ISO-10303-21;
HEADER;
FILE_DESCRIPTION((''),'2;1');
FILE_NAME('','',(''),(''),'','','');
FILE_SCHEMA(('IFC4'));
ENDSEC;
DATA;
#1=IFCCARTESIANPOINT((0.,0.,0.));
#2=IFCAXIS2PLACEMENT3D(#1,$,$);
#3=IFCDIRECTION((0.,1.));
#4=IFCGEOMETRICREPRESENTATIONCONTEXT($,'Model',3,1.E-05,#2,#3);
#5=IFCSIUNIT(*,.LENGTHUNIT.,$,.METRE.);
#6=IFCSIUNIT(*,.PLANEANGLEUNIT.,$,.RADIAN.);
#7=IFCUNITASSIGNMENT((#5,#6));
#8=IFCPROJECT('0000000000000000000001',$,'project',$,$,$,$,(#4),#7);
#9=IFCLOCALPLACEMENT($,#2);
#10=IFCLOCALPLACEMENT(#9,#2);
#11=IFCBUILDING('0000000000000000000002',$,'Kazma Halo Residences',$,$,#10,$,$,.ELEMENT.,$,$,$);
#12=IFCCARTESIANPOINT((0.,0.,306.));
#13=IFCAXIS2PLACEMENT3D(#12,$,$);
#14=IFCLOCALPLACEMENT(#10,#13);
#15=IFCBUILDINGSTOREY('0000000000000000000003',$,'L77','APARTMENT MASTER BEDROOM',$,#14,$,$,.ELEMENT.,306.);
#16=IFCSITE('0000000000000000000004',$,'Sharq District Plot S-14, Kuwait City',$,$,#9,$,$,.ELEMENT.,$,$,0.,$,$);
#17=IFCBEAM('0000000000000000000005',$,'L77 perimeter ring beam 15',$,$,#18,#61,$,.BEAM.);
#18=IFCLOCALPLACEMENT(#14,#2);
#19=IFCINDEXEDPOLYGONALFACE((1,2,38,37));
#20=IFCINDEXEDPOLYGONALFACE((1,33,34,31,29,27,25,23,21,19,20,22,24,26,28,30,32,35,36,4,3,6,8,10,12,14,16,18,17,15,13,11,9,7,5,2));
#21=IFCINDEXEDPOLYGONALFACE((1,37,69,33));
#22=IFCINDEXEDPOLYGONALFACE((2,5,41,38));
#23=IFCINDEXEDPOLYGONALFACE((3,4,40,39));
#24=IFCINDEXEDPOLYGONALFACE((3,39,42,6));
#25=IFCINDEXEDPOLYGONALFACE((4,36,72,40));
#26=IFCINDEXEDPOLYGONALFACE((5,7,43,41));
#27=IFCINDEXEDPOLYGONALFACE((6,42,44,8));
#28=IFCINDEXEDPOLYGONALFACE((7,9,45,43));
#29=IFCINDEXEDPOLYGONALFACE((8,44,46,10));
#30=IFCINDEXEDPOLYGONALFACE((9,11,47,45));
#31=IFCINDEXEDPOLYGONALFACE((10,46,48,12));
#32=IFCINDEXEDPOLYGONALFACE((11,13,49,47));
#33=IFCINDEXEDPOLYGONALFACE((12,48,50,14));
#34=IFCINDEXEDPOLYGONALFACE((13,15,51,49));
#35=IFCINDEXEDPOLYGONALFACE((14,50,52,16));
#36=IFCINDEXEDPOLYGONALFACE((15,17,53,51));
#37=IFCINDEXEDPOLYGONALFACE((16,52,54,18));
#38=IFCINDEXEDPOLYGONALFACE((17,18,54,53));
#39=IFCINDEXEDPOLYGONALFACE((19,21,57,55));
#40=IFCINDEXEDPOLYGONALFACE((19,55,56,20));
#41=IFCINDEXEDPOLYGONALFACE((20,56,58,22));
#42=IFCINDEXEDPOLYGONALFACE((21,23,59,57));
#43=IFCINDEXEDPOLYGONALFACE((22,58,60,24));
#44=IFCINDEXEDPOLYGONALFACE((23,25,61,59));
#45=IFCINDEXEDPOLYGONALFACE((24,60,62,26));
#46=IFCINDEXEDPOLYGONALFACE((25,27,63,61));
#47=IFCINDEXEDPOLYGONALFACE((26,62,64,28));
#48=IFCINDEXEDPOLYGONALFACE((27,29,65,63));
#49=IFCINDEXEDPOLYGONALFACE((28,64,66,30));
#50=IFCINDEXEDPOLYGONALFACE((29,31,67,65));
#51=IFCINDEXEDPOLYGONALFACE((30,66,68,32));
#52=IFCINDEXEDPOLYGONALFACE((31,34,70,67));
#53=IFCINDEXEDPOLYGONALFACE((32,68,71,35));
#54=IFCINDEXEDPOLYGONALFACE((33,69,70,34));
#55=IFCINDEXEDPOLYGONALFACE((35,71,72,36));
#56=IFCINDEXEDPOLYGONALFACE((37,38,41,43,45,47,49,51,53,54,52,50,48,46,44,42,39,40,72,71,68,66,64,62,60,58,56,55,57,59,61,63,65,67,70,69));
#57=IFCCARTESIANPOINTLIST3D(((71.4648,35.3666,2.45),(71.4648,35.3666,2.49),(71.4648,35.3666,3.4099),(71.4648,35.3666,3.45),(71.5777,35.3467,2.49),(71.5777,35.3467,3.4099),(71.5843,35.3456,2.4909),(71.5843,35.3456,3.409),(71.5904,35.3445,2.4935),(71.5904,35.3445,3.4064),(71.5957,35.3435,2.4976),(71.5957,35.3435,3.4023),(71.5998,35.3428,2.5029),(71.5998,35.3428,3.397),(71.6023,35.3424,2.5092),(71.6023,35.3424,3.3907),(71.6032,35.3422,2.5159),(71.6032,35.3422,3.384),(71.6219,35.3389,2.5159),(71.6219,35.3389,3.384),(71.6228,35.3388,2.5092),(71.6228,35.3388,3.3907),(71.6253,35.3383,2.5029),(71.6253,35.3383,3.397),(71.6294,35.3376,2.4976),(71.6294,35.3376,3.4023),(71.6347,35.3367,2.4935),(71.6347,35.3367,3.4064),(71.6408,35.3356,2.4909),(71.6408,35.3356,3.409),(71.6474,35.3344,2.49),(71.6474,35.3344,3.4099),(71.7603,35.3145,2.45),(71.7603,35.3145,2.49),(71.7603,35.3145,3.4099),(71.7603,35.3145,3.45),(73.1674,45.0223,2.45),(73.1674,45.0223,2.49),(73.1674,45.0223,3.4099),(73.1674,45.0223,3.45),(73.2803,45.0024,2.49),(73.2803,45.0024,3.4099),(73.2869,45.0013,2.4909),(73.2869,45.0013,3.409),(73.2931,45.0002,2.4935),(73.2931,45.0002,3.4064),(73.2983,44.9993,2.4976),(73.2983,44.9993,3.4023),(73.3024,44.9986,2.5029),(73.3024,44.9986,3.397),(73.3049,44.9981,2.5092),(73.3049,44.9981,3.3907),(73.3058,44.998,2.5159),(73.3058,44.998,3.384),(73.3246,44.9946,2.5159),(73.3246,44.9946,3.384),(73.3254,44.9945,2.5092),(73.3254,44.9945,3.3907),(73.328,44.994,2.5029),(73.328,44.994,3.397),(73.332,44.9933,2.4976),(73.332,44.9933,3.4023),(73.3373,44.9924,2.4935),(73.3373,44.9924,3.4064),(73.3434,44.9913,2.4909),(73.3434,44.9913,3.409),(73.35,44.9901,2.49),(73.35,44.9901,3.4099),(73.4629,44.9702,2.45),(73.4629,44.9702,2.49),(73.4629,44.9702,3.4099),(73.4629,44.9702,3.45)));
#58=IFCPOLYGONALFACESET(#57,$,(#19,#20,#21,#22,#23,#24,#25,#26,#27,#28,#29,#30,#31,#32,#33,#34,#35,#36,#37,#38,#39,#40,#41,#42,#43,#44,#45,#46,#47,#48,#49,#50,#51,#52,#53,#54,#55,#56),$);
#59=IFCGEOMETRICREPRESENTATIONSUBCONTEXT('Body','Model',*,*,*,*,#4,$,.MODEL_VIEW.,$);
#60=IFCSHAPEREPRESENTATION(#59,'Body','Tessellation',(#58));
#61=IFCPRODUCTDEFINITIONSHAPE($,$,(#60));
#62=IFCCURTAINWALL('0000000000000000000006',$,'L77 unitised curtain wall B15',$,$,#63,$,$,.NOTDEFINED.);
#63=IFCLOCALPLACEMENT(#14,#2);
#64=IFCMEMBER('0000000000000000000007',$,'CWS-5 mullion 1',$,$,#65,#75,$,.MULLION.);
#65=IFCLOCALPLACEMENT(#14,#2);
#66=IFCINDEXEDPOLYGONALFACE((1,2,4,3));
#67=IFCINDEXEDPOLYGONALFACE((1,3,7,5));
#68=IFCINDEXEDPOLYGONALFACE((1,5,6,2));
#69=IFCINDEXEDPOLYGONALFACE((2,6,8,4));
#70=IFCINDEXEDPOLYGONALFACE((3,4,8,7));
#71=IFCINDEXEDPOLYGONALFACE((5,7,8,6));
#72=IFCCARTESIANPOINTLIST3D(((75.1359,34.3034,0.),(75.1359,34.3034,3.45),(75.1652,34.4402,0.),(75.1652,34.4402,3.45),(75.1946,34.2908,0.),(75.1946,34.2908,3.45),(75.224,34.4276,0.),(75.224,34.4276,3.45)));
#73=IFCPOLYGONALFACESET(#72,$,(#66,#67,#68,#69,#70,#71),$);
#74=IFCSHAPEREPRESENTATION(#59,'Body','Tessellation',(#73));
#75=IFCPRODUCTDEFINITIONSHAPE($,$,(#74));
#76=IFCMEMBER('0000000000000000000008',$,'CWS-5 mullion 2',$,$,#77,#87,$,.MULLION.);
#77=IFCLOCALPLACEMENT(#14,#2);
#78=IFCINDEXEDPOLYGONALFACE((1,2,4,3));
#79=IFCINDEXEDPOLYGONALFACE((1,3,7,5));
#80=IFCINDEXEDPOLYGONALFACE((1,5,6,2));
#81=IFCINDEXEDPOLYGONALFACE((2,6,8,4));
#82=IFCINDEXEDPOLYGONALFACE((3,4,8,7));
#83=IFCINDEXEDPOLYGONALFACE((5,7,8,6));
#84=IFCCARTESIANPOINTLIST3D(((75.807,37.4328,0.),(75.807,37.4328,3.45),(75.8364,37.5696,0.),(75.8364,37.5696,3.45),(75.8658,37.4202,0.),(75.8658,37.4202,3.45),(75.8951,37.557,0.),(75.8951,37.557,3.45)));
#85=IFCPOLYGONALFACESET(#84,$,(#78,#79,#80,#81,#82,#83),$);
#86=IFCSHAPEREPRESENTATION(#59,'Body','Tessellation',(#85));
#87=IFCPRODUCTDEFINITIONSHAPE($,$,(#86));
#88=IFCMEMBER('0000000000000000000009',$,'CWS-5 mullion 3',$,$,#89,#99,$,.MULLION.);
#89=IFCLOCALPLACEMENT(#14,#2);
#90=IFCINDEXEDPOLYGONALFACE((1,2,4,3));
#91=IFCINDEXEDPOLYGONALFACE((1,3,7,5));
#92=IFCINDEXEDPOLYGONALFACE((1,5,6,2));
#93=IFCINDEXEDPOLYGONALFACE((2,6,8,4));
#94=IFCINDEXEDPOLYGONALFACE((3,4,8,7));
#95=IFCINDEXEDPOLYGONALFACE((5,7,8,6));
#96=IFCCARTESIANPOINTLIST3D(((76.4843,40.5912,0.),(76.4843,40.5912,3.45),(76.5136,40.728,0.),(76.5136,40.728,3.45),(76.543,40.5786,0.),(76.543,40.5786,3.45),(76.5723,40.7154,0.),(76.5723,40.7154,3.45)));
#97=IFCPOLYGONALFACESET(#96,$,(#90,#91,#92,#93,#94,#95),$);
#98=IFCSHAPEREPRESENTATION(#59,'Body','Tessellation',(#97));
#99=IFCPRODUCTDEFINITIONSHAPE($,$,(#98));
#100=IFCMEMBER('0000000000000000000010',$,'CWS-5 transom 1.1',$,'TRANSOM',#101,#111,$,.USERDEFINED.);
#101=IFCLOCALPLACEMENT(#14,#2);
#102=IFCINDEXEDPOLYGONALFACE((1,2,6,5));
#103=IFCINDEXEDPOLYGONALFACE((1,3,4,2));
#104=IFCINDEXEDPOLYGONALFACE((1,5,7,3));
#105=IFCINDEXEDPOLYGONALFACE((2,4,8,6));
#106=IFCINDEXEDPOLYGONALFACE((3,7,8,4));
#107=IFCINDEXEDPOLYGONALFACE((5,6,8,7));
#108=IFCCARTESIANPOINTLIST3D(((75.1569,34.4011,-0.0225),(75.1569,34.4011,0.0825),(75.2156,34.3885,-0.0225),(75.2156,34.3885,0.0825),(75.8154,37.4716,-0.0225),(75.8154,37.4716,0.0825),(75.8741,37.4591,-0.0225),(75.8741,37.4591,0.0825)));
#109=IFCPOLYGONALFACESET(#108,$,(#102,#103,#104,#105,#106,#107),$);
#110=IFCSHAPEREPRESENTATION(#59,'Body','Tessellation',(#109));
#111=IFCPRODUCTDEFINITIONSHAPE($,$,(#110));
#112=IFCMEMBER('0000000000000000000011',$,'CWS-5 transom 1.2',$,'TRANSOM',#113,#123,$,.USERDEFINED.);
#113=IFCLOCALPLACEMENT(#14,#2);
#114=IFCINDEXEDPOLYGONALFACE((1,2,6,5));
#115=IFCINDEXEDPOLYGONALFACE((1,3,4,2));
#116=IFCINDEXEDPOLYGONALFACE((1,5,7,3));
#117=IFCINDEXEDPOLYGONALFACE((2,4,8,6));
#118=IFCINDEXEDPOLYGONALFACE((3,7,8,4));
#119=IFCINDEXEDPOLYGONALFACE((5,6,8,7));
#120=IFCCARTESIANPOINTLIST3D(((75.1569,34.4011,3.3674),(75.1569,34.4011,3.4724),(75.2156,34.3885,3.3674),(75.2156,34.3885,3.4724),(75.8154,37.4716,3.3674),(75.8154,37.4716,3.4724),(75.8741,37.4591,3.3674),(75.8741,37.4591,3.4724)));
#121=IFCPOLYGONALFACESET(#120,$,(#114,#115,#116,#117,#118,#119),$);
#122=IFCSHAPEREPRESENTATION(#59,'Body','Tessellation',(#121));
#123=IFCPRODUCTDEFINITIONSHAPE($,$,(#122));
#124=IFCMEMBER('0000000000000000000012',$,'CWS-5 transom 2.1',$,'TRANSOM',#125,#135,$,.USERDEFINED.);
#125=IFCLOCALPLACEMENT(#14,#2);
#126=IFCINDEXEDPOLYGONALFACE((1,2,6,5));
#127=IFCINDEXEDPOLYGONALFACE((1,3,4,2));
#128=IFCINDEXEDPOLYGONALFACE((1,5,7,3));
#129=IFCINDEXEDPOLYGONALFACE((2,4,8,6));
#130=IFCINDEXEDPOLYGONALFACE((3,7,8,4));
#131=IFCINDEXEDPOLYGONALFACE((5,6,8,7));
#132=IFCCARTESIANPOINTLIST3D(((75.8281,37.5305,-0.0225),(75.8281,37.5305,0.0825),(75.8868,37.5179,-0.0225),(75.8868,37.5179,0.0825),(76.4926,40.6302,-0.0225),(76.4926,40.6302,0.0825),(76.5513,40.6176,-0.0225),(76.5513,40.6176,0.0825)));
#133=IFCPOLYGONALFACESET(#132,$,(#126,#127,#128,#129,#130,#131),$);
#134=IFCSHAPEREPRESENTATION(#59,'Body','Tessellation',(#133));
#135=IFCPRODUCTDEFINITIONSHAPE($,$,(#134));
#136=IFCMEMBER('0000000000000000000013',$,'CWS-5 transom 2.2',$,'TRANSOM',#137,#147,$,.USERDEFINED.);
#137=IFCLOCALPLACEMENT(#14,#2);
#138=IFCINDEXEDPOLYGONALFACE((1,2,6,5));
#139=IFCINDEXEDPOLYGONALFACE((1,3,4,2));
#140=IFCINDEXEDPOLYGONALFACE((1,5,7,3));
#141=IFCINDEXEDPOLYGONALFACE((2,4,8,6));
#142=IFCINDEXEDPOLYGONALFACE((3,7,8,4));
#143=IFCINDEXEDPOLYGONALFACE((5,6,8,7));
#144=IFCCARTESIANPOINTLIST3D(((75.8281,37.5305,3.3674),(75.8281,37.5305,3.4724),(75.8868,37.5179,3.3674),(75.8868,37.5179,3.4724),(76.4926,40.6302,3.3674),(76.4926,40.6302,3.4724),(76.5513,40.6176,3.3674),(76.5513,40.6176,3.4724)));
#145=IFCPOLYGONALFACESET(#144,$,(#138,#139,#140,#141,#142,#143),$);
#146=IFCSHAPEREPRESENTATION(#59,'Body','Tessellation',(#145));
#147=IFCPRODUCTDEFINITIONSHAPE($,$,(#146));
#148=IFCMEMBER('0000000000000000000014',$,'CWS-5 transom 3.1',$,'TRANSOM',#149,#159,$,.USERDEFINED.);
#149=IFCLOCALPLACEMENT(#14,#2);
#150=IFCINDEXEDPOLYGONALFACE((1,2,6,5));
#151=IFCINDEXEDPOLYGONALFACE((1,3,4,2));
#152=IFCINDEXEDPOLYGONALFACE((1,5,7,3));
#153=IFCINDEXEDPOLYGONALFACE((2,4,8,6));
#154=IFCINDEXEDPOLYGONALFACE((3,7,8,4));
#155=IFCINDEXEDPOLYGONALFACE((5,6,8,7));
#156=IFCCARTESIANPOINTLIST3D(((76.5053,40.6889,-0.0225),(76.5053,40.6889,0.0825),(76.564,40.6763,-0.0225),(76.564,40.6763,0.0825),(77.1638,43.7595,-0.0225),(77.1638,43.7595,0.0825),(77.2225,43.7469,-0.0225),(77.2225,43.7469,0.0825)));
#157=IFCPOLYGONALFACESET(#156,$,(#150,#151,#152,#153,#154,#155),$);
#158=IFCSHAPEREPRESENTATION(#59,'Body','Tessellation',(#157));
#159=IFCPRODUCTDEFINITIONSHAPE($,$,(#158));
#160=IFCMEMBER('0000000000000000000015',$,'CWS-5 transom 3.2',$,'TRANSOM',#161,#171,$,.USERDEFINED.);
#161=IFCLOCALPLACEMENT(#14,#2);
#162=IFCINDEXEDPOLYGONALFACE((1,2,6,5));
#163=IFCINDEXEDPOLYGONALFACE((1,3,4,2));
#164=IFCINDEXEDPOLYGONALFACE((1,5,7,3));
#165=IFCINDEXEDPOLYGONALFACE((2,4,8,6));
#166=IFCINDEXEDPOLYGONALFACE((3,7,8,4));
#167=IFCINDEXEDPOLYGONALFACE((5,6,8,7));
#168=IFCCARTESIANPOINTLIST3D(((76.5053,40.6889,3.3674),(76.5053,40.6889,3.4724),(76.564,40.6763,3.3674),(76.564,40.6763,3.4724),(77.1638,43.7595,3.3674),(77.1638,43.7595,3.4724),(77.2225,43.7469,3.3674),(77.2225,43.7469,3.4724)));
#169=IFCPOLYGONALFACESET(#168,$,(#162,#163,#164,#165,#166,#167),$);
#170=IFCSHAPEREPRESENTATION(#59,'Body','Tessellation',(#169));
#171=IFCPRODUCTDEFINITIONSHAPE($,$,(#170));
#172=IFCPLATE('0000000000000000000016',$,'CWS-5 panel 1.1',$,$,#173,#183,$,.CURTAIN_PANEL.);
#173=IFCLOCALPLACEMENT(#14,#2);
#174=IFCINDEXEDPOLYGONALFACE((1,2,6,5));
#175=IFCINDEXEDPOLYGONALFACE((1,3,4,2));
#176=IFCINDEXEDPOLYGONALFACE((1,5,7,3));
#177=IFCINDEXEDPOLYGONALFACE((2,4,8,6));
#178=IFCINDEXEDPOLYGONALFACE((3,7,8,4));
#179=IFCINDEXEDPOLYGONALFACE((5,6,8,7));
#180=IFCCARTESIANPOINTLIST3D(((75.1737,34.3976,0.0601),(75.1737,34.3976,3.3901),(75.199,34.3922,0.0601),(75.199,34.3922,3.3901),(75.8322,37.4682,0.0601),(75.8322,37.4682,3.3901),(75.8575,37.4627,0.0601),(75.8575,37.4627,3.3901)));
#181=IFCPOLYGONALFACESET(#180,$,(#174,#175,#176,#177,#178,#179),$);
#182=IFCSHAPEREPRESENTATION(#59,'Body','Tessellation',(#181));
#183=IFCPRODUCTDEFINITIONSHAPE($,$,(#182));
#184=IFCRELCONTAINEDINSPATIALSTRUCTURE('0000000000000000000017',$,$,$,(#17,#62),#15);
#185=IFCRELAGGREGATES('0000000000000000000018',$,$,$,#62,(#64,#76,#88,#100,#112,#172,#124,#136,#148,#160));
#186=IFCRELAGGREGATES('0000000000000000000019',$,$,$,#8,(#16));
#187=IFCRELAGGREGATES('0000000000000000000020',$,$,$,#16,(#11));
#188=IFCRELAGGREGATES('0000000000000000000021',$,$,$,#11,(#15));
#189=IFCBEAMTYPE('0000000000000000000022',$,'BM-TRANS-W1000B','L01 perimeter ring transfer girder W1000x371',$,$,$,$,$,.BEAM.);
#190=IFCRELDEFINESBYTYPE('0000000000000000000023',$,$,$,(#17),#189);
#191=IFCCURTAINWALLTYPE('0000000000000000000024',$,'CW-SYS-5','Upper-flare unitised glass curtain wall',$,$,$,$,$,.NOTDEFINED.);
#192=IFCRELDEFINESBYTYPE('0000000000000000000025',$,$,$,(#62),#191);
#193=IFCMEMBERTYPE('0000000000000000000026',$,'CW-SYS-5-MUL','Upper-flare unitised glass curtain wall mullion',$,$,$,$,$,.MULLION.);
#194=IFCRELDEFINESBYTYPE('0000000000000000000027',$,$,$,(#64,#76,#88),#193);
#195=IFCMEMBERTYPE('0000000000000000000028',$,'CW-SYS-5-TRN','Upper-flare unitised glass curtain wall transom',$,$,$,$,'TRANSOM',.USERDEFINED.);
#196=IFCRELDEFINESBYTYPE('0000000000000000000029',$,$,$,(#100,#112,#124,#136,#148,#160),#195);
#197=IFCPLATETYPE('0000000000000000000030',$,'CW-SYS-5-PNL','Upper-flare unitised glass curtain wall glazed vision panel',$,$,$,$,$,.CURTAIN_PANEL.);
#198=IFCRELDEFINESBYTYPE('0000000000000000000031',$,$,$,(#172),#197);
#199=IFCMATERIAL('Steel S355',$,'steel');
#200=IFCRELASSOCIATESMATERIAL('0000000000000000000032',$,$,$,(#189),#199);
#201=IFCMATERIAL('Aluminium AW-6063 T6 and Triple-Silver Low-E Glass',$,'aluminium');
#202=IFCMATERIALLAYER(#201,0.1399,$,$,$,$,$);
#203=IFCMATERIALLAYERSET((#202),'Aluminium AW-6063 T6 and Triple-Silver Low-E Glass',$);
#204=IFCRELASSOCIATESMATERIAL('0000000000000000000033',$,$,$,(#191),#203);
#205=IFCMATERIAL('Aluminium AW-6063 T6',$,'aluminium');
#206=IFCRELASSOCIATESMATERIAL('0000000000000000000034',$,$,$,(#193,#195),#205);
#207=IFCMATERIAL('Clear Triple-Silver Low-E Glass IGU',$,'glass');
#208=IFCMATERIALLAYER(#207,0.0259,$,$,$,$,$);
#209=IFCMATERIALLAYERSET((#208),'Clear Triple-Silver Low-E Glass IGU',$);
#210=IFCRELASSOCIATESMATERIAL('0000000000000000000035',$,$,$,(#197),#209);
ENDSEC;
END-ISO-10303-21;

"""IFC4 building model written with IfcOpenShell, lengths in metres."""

from ifc_helpers import new_model, si_unit, direction, frame, origin, origin_2d, place, context, subcontext, project, spatial, rectangle, i_section, extrude, material, layer, layer_set, material_profile, profile_set, type_object, element, aggregate, save


model = new_model("IFC4")

# Units and contexts
model_context = context("Model", 3, precision=1e-05, world=origin(), true_north=direction((0.0, 1.0)))
body_context = subcontext(model_context, "Body", "Model", "MODEL_VIEW")
ifc_project = project(units=[si_unit("LENGTHUNIT", "METRE"), si_unit("PLANEANGLEUNIT", "RADIAN")], contexts=[model_context])

# Site, building, storey
site_placement = place(None, origin())
site = spatial("IfcSite", under=ifc_project, at=site_placement, Name="Sharq District Plot S-14, Kuwait City", CompositionType="ELEMENT", RefElevation=0.0)
building_placement = place(site_placement, origin())
building = spatial("IfcBuilding", under=site, at=building_placement, Name="Kazma Halo Residences", CompositionType="ELEMENT")
storey_placement = place(building_placement, frame((0.0, 0.0, 306.0)))
storey = spatial("IfcBuildingStorey", under=building, at=storey_placement, Name="L77", Description="APARTMENT MASTER BEDROOM", CompositionType="ELEMENT", Elevation=306.0)

# Beam
ifc_material_1 = material(Name="Steel S355", Category="steel")
ifc_material_profile_1 = material_profile(ifc_material_1, i_section(OverallWidth=0.3, OverallDepth=1.0, WebThickness=0.019, FlangeThickness=0.04, FilletRadius=0.0259, at=origin_2d()), Name="W1000x371")
ifc_profile_set_1 = profile_set([ifc_material_profile_1], Name="Steel S355")
beam_type_1 = type_object("IfcBeamType", Name="BM-TRANS-W1000B", Description="L01 perimeter ring transfer girder W1000x371", PredefinedType="BEAM", material=ifc_profile_set_1)
beam_1_placement = place(storey_placement, frame((71.6125, 35.3406, 2.95), z_axis=(0.173655, 0.984807, 0.0), x_axis=(-0.984807, 0.173655, 0.0)))
element("IfcBeam", 1, at=beam_1_placement, inside=storey, type_object=beam_type_1, Name="L77 perimeter ring beam 15", PredefinedType="BEAM", context=body_context, shape_type="SweptSolid", body=[
    extrude(i_section(OverallWidth=0.3, OverallDepth=1.0, WebThickness=0.019, FlangeThickness=0.04, FilletRadius=0.0259, at=origin_2d()), origin(), (0.0, 0.0, 1.0), 9.8047),
])

# Curtain wall, members, plate
ifc_material_2 = material(Name="Aluminium AW-6063 T6 and Triple-Silver Low-E Glass", Category="aluminium")
ifc_layer_1 = layer(ifc_material_2, 0.1399)
ifc_layer_set_1 = layer_set([ifc_layer_1], Name="Aluminium AW-6063 T6 and Triple-Silver Low-E Glass")
curtain_wall_type = type_object("IfcCurtainWallType", Name="CW-SYS-5", Description="Upper-flare unitised glass curtain wall", PredefinedType="NOTDEFINED", material=ifc_layer_set_1)
curtain_wall_placement = place(storey_placement, origin())
curtain_wall = element("IfcCurtainWall", 2, at=curtain_wall_placement, inside=storey, type_object=curtain_wall_type, Name="L77 unitised curtain wall B15", PredefinedType="NOTDEFINED")
ifc_material_3 = material(Name="Aluminium AW-6063 T6", Category="aluminium")
ifc_material_profile_2 = material_profile(ifc_material_3, rectangle(XDim=0.0601, YDim=0.1399, at=origin_2d()), Name="CWM-60x140")
ifc_profile_set_2 = profile_set([ifc_material_profile_2], Name="Aluminium AW-6063 T6")
member_type_1 = type_object("IfcMemberType", Name="CW-SYS-5-MUL", Description="Upper-flare unitised glass curtain wall mullion", PredefinedType="MULLION", material=ifc_profile_set_2)
member_1_placement = place(storey_placement, frame((75.1799, 34.3655, 0.0), z_axis=(0.0, 0.0, 1.0), x_axis=(-0.977771, 0.209676, 0.0)))
member_1 = element("IfcMember", 3, at=member_1_placement, type_object=member_type_1, Name="CWS-5 mullion 1", PredefinedType="MULLION", context=body_context, shape_type="SweptSolid", body=[
    extrude(rectangle(XDim=0.0601, YDim=0.1399, at=origin_2d()), origin(), (0.0, 0.0, 1.0), 3.45),
])
member_2_placement = place(storey_placement, frame((75.8511, 37.4949, 0.0), z_axis=(0.0, 0.0, 1.0), x_axis=(-0.977771, 0.209676, 0.0)))
member_2 = element("IfcMember", 4, at=member_2_placement, type_object=member_type_1, Name="CWS-5 mullion 2", PredefinedType="MULLION", context=body_context, shape_type="SweptSolid", body=[
    extrude(rectangle(XDim=0.0601, YDim=0.1399, at=origin_2d()), origin(), (0.0, 0.0, 1.0), 3.45),
])
member_3_placement = place(storey_placement, frame((76.5283, 40.6533, 0.0), z_axis=(0.0, 0.0, 1.0), x_axis=(-0.977771, 0.209676, 0.0)))
member_3 = element("IfcMember", 5, at=member_3_placement, type_object=member_type_1, Name="CWS-5 mullion 3", PredefinedType="MULLION", context=body_context, shape_type="SweptSolid", body=[
    extrude(rectangle(XDim=0.0601, YDim=0.1399, at=origin_2d()), origin(), (0.0, 0.0, 1.0), 3.45),
])
ifc_material_profile_3 = material_profile(ifc_material_3, rectangle(XDim=0.0601, YDim=0.105, at=origin_2d()), Name="CWT-60x105")
ifc_profile_set_3 = profile_set([ifc_material_profile_3], Name="Aluminium AW-6063 T6")
member_type_2 = type_object("IfcMemberType", Name="CW-SYS-5-TRN", Description="Upper-flare unitised glass curtain wall transom", ElementType="TRANSOM", PredefinedType="USERDEFINED", material=ifc_profile_set_3)
member_4_placement = place(storey_placement, frame((75.1863, 34.3948, 0.03), z_axis=(0.209672, 0.977772, 0.0), x_axis=(-0.977772, 0.209672, 0.0)))
member_4 = element("IfcMember", 6, at=member_4_placement, type_object=member_type_2, Name="CWS-5 transom 1.1", ObjectType="TRANSOM", PredefinedType="USERDEFINED", context=body_context, shape_type="SweptSolid", body=[
    extrude(rectangle(XDim=0.0601, YDim=0.105, at=origin_2d()), origin(), (0.0, 0.0, 1.0), 3.1404),
])
member_5_placement = place(storey_placement, frame((75.1863, 34.3948, 3.4199), z_axis=(0.209672, 0.977772, 0.0), x_axis=(-0.977772, 0.209672, 0.0)))
member_5 = element("IfcMember", 7, at=member_5_placement, type_object=member_type_2, Name="CWS-5 transom 1.2", ObjectType="TRANSOM", PredefinedType="USERDEFINED", context=body_context, shape_type="SweptSolid", body=[
    extrude(rectangle(XDim=0.0601, YDim=0.105, at=origin_2d()), origin(), (0.0, 0.0, 1.0), 3.1404),
])
member_6_placement = place(storey_placement, frame((75.8574, 37.5242, 0.03), z_axis=(0.209618, 0.977783, 0.0), x_axis=(-0.977783, 0.209618, 0.0)))
member_6 = element("IfcMember", 8, at=member_6_placement, type_object=member_type_2, Name="CWS-5 transom 2.1", ObjectType="TRANSOM", PredefinedType="USERDEFINED", context=body_context, shape_type="SweptSolid", body=[
    extrude(rectangle(XDim=0.0601, YDim=0.105, at=origin_2d()), origin(), (0.0, 0.0, 1.0), 3.1702),
])
member_7_placement = place(storey_placement, frame((75.8574, 37.5242, 3.4199), z_axis=(0.209618, 0.977783, 0.0), x_axis=(-0.977783, 0.209618, 0.0)))
member_7 = element("IfcMember", 9, at=member_7_placement, type_object=member_type_2, Name="CWS-5 transom 2.2", ObjectType="TRANSOM", PredefinedType="USERDEFINED", context=body_context, shape_type="SweptSolid", body=[
    extrude(rectangle(XDim=0.0601, YDim=0.105, at=origin_2d()), origin(), (0.0, 0.0, 1.0), 3.1702),
])
member_8_placement = place(storey_placement, frame((76.5347, 40.6826, 0.03), z_axis=(0.209672, 0.977772, 0.0), x_axis=(-0.977772, 0.209672, 0.0)))
member_8 = element("IfcMember", 10, at=member_8_placement, type_object=member_type_2, Name="CWS-5 transom 3.1", ObjectType="TRANSOM", PredefinedType="USERDEFINED", context=body_context, shape_type="SweptSolid", body=[
    extrude(rectangle(XDim=0.0601, YDim=0.105, at=origin_2d()), origin(), (0.0, 0.0, 1.0), 3.1404),
])
member_9_placement = place(storey_placement, frame((76.5347, 40.6826, 3.4199), z_axis=(0.209672, 0.977772, 0.0), x_axis=(-0.977772, 0.209672, 0.0)))
member_9 = element("IfcMember", 11, at=member_9_placement, type_object=member_type_2, Name="CWS-5 transom 3.2", ObjectType="TRANSOM", PredefinedType="USERDEFINED", context=body_context, shape_type="SweptSolid", body=[
    extrude(rectangle(XDim=0.0601, YDim=0.105, at=origin_2d()), origin(), (0.0, 0.0, 1.0), 3.1404),
])
ifc_material_4 = material(Name="Clear Triple-Silver Low-E Glass IGU", Category="glass")
ifc_layer_2 = layer(ifc_material_4, 0.0259)
ifc_layer_set_2 = layer_set([ifc_layer_2], Name="Clear Triple-Silver Low-E Glass IGU")
plate_type = type_object("IfcPlateType", Name="CW-SYS-5-PNL", Description="Upper-flare unitised glass curtain wall glazed vision panel", PredefinedType="CURTAIN_PANEL", material=ifc_layer_set_2)
plate_1_placement = place(storey_placement, frame((75.5156, 35.9302, 0.0601), z_axis=(0.0, 0.0, 1.0), x_axis=(0.209676, 0.977771, 0.0)))
plate_1 = element("IfcPlate", 12, at=plate_1_placement, type_object=plate_type, Name="CWS-5 panel 1.1", PredefinedType="CURTAIN_PANEL", context=body_context, shape_type="SweptSolid", body=[
    extrude(rectangle(XDim=3.1404, YDim=0.0259, at=origin_2d()), origin(), (0.0, 0.0, 1.0), 3.3301),
])
aggregate(curtain_wall, [member_1, member_2, member_3, member_4, member_5, plate_1, member_6, member_7, member_8, member_9])

save(model, "model.ifc")
